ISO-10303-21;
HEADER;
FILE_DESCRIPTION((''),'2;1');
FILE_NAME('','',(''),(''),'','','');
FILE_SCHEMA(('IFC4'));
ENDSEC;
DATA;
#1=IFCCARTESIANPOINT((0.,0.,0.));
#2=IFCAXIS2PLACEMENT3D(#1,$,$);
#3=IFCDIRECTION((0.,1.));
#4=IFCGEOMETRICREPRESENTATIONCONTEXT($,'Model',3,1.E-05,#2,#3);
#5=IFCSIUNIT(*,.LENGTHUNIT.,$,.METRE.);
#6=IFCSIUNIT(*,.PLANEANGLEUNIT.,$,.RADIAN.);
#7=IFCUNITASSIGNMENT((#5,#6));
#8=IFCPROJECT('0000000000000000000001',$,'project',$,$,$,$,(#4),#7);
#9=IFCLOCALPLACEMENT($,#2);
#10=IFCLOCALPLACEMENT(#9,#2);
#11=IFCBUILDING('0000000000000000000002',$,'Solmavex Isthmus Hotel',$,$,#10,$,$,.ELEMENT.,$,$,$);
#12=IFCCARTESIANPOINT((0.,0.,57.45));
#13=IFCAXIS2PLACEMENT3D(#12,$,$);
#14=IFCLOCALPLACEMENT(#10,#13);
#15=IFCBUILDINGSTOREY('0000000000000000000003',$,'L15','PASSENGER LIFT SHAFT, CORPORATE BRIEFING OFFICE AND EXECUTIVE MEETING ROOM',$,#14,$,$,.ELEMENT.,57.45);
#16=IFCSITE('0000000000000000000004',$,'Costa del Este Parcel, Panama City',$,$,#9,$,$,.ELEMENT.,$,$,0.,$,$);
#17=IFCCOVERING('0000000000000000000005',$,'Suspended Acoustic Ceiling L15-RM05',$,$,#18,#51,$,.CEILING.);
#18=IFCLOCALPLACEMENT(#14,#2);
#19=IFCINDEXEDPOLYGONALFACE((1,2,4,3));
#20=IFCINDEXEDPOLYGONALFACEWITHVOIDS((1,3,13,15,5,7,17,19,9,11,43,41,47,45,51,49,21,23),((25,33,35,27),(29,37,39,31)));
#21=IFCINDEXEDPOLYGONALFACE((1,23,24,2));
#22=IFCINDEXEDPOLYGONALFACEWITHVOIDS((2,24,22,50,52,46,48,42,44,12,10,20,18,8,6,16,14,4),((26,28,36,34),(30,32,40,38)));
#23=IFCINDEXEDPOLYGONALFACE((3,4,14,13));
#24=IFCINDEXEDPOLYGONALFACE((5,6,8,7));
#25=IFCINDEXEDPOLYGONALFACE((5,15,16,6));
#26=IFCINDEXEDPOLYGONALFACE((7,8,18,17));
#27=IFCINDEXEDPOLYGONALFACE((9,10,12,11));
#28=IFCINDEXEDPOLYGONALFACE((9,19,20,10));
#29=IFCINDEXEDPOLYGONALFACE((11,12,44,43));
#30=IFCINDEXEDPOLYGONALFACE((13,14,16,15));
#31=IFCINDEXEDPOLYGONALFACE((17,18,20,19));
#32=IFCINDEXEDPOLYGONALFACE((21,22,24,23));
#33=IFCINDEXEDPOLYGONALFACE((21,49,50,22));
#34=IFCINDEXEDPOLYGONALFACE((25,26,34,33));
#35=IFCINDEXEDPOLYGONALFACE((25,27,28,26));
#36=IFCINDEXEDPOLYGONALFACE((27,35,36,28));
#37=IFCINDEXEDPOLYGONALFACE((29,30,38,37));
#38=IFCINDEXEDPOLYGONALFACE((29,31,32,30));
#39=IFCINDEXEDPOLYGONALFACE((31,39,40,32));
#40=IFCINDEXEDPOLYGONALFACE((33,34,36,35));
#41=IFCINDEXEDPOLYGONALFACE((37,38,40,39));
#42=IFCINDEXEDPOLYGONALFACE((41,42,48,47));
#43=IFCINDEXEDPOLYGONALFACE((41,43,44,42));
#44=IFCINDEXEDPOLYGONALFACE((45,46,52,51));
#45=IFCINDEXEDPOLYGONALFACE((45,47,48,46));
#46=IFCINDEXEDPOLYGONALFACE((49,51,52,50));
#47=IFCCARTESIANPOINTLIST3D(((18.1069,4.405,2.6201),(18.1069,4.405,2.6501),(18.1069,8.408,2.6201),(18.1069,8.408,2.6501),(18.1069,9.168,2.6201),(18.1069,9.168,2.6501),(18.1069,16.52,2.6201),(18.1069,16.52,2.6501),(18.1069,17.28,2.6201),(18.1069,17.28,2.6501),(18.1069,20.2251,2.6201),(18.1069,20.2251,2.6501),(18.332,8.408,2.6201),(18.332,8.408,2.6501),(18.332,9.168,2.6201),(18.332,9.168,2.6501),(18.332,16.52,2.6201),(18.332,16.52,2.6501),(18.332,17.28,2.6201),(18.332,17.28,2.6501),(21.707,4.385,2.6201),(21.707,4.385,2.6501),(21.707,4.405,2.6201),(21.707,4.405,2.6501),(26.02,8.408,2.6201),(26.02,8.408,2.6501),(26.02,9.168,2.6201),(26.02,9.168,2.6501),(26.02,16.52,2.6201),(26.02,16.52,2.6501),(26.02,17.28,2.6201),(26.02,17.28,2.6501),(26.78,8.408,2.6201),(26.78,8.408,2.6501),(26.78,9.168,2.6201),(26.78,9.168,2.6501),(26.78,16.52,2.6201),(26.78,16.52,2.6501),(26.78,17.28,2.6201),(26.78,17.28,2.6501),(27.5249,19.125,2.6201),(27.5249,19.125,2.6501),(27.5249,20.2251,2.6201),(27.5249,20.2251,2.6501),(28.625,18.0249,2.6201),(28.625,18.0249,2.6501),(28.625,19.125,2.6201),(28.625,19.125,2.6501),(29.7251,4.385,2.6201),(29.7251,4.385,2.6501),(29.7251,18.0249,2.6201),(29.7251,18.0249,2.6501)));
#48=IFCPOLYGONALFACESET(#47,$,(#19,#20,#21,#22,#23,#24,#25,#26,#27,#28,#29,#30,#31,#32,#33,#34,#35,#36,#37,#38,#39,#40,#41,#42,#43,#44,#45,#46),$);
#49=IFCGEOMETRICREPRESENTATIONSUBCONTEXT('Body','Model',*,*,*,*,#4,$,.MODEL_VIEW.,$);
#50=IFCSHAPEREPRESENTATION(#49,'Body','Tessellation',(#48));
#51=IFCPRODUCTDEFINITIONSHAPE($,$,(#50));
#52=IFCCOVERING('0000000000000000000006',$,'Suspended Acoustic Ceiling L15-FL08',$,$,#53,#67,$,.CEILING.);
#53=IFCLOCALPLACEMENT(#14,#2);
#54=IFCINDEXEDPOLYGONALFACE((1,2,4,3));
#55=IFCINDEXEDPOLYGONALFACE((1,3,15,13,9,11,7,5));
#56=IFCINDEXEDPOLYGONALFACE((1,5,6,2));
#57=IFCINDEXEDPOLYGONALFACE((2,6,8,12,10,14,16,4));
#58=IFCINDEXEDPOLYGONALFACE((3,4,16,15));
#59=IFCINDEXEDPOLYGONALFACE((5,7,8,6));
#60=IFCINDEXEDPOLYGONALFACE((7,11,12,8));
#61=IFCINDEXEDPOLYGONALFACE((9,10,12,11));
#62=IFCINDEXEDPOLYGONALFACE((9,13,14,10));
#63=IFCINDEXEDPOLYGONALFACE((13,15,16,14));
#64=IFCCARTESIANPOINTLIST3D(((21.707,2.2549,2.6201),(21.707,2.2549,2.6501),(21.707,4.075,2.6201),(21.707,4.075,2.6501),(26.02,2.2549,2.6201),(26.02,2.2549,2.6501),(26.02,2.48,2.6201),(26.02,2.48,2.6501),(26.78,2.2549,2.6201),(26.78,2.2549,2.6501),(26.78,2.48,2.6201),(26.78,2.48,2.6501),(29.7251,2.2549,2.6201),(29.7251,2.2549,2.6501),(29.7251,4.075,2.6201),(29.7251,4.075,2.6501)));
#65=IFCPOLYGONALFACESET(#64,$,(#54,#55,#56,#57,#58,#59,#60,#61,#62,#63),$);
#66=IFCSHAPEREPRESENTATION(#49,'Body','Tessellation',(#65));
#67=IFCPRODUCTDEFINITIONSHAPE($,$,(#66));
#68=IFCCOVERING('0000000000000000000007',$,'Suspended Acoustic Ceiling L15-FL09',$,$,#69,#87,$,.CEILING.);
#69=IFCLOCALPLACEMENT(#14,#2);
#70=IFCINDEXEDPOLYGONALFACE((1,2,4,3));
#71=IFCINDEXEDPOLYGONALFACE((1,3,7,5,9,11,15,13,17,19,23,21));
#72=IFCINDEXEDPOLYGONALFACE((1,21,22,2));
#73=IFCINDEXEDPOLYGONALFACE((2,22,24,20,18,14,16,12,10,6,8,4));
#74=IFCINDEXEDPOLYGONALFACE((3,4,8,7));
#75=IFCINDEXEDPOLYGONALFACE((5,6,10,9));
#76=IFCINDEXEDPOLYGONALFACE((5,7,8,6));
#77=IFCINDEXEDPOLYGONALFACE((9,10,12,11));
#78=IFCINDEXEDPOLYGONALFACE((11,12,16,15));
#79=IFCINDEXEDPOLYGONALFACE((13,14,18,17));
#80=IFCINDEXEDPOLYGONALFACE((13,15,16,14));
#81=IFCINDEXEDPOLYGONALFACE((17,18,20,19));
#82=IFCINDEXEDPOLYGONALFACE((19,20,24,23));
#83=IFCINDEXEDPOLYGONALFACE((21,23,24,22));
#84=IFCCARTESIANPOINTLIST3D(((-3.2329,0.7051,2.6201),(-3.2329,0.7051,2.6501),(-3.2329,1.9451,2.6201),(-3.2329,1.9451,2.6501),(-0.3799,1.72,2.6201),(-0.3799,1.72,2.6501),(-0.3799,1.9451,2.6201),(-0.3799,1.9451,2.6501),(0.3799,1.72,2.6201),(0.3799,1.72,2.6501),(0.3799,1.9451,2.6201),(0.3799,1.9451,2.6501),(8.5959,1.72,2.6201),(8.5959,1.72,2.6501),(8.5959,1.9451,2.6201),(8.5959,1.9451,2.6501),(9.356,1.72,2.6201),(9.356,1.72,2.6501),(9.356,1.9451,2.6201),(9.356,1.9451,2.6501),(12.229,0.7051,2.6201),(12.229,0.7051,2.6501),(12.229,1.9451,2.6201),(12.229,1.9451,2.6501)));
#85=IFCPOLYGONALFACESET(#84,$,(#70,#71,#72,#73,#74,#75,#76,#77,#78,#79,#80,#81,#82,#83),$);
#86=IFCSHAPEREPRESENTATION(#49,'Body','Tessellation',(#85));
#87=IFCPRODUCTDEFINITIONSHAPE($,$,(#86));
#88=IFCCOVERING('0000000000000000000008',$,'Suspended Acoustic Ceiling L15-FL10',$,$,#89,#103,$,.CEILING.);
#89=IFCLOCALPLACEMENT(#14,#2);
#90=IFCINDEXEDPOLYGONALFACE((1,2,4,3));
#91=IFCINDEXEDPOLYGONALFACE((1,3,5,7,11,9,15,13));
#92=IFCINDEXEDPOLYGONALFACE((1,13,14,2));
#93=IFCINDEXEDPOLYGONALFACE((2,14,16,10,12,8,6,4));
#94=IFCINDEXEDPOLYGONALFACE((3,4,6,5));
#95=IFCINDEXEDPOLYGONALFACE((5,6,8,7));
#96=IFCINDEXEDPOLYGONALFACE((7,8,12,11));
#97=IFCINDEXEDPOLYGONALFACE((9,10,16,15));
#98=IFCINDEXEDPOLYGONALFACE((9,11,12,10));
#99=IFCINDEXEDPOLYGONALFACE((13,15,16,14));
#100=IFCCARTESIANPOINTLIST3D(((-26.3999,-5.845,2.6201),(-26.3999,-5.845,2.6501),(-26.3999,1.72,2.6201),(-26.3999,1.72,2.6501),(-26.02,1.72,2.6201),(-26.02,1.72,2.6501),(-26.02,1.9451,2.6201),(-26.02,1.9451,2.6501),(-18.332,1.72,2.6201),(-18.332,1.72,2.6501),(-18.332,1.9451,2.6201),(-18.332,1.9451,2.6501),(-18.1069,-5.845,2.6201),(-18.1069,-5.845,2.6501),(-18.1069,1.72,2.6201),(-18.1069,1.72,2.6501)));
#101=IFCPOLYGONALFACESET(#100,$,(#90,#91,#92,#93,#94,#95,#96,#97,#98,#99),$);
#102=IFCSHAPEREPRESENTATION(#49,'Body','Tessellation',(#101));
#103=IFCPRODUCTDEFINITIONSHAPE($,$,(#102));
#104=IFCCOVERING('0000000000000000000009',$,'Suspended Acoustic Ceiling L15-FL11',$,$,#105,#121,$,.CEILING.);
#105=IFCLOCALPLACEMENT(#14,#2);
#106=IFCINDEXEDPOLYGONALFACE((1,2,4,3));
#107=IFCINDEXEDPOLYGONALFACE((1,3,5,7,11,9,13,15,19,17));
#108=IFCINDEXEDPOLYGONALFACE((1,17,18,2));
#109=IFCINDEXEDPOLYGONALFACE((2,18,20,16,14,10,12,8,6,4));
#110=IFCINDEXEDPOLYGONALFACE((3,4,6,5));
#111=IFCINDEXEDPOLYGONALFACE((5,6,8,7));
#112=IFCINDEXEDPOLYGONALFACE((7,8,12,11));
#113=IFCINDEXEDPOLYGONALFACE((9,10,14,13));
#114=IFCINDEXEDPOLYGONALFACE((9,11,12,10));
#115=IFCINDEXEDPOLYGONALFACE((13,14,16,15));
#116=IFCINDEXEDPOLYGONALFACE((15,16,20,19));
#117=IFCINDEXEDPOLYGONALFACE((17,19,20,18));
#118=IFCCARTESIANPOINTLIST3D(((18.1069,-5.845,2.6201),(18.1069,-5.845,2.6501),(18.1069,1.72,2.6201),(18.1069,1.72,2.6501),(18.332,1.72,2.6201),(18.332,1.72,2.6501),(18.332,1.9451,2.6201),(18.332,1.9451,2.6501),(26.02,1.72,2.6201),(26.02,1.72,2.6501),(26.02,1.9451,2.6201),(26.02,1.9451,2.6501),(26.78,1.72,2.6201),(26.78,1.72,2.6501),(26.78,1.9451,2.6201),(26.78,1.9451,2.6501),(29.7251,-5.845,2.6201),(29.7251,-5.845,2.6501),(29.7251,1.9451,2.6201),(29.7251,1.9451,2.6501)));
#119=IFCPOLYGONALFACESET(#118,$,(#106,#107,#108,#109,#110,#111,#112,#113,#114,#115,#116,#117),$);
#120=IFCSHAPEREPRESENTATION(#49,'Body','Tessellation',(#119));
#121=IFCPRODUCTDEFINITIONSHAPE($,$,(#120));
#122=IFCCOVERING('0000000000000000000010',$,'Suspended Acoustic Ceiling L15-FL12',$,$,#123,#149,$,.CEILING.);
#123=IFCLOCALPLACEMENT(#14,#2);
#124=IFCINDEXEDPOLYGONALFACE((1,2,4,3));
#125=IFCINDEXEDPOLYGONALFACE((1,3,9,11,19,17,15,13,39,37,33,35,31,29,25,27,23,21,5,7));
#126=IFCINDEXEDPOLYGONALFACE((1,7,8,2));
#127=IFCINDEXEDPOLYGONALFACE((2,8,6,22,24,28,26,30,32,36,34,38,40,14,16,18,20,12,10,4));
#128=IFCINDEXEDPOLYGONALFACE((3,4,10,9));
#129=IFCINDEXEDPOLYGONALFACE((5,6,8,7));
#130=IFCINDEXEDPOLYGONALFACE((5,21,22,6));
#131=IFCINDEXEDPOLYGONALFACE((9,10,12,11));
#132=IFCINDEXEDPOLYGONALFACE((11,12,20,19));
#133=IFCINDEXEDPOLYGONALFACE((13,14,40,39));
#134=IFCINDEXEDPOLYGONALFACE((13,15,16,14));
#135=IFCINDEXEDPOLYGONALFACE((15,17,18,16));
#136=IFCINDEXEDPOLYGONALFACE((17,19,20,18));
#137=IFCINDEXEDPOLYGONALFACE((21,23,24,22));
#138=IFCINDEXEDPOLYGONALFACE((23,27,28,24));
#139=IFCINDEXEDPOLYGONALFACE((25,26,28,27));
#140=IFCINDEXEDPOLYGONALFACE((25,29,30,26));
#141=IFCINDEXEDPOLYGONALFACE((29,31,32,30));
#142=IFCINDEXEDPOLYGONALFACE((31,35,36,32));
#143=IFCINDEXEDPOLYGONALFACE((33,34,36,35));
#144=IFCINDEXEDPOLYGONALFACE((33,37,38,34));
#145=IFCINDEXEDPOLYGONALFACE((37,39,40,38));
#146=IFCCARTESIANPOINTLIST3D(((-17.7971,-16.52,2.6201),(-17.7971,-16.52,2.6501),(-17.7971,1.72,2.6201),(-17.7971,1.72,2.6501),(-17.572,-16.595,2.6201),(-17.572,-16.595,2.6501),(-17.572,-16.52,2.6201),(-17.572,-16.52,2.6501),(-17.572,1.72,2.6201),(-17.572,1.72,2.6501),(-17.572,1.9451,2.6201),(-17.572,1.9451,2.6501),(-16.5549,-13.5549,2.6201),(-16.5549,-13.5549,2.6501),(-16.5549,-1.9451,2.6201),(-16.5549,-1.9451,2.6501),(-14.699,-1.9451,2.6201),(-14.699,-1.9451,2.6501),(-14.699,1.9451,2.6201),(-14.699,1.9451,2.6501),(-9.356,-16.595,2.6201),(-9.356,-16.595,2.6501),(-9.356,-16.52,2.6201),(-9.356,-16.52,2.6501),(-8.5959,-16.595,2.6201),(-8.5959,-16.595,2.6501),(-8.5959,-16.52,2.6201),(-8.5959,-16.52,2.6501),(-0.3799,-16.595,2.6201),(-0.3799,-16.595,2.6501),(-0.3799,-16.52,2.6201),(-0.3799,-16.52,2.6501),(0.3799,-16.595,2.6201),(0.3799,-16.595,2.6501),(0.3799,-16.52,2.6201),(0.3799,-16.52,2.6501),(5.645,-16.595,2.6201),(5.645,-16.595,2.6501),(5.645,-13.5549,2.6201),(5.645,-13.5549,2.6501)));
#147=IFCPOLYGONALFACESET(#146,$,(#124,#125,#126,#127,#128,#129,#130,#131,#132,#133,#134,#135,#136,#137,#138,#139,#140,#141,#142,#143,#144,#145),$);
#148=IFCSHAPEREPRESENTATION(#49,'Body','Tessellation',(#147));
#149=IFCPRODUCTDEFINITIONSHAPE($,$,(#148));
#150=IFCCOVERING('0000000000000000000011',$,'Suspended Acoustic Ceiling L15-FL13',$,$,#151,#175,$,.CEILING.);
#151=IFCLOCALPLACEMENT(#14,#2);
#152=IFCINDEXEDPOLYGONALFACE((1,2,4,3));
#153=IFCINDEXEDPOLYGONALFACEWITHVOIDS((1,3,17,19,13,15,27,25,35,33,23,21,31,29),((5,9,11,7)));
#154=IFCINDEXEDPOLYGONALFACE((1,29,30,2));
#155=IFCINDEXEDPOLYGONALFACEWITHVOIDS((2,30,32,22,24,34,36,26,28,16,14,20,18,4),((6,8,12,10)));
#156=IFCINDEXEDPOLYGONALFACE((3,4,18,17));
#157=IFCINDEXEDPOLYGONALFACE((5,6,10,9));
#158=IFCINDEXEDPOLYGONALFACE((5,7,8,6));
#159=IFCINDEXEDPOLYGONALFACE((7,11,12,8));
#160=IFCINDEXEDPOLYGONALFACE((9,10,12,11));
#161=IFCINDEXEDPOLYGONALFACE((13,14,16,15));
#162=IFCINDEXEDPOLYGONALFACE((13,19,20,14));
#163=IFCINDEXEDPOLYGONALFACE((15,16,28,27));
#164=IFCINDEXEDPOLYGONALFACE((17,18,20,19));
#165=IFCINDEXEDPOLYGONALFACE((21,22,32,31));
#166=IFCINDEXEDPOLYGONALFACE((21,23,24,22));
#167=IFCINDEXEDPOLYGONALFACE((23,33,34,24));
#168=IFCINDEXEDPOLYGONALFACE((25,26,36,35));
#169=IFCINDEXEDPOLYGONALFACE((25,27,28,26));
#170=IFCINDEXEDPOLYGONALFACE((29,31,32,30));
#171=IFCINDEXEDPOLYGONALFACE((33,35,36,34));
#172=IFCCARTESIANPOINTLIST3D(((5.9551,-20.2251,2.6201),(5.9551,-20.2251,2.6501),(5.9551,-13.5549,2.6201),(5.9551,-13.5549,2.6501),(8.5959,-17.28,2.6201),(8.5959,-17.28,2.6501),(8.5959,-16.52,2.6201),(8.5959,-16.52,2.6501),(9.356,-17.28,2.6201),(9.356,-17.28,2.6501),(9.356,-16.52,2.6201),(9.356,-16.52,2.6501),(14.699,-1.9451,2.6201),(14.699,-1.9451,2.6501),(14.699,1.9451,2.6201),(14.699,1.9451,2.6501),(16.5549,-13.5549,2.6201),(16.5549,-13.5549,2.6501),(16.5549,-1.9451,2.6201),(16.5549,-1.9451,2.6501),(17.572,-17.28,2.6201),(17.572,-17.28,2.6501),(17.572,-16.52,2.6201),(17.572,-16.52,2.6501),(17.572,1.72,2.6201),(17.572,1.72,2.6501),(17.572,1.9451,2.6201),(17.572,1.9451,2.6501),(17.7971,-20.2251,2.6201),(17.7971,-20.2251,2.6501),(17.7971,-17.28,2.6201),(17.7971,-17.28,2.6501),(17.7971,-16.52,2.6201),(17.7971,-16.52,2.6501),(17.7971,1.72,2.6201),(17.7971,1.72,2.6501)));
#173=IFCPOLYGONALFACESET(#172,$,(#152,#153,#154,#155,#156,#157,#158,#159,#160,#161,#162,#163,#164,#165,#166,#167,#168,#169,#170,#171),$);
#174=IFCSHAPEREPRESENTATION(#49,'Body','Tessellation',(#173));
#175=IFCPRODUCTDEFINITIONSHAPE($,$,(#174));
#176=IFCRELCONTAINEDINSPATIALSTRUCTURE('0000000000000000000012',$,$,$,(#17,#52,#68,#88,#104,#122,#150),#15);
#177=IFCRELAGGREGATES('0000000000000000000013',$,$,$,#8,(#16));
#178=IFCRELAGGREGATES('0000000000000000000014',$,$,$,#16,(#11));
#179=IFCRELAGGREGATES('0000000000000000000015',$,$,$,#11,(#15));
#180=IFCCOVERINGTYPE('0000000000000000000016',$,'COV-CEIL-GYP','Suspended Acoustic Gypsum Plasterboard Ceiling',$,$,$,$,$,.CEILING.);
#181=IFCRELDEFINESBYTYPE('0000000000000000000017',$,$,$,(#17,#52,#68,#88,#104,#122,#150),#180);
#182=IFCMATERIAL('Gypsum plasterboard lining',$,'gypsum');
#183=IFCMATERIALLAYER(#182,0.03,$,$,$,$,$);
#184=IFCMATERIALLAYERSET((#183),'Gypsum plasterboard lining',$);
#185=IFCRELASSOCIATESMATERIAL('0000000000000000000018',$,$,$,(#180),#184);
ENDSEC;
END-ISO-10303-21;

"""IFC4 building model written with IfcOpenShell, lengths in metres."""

from ifc_helpers import new_model, si_unit, direction, frame, origin, place, context, subcontext, project, spatial, polyline, outline, extrude, material, layer, layer_set, type_object, element, save


model = new_model("IFC4")

# Units and contexts
model_context = context("Model", 3, precision=1e-05, world=origin(), true_north=direction((0.0, 1.0)))
body_context = subcontext(model_context, "Body", "Model", "MODEL_VIEW")
ifc_project = project(units=[si_unit("LENGTHUNIT", "METRE"), si_unit("PLANEANGLEUNIT", "RADIAN")], contexts=[model_context])

# Site, building, storey
site_placement = place(None, origin())
site = spatial("IfcSite", under=ifc_project, at=site_placement, Name="Costa del Este Parcel, Panama City", CompositionType="ELEMENT", RefElevation=0.0)
building_placement = place(site_placement, origin())
building = spatial("IfcBuilding", under=site, at=building_placement, Name="Solmavex Isthmus Hotel", CompositionType="ELEMENT")
storey_placement = place(building_placement, frame((0.0, 0.0, 57.45)))
storey = spatial("IfcBuildingStorey", under=building, at=storey_placement, Name="L15", Description="PASSENGER LIFT SHAFT, CORPORATE BRIEFING OFFICE AND EXECUTIVE MEETING ROOM", CompositionType="ELEMENT", Elevation=57.45)

# Coverings
ifc_material_1 = material(Name="Gypsum plasterboard lining", Category="gypsum")
ifc_layer_1 = layer(ifc_material_1, 0.03)
ifc_layer_set_1 = layer_set([ifc_layer_1], Name="Gypsum plasterboard lining")
covering_type_1 = type_object("IfcCoveringType", Name="COV-CEIL-GYP", Description="Suspended Acoustic Gypsum Plasterboard Ceiling", PredefinedType="CEILING", material=ifc_layer_set_1)
covering_1_placement = place(storey_placement, frame((0.0, 0.0, 2.6201)))
element("IfcCovering", 1, at=covering_1_placement, inside=storey, type_object=covering_type_1, Name="Suspended Acoustic Ceiling L15-RM05", PredefinedType="CEILING", context=body_context, shape_type="SweptSolid", body=[
    extrude(outline(polyline([(18.1069, 9.168), (18.332, 9.168), (18.332, 8.408), (18.1069, 8.408), (18.1069, 4.405), (21.707, 4.405), (21.707, 4.385), (29.7251, 4.385), (29.7251, 18.0249), (28.625, 18.0249), (28.625, 19.125), (27.5249, 19.125), (27.5249, 20.2251), (18.1069, 20.2251), (18.1069, 17.28), (18.332, 17.28), (18.332, 16.52), (18.1069, 16.52), (18.1069, 9.168)]), holes=[polyline([(26.02, 8.408), (26.02, 9.168), (26.78, 9.168), (26.78, 8.408), (26.02, 8.408)]), polyline([(26.02, 16.52), (26.02, 17.28), (26.78, 17.28), (26.78, 16.52), (26.02, 16.52)])]), origin(), (0.0, 0.0, 1.0), 0.03),
])
covering_2_placement = place(storey_placement, frame((0.0, 0.0, 2.6201)))
element("IfcCovering", 2, at=covering_2_placement, inside=storey, type_object=covering_type_1, Name="Suspended Acoustic Ceiling L15-FL08", PredefinedType="CEILING", context=body_context, shape_type="SweptSolid", body=[
    extrude(outline(polyline([(26.02, 2.2549), (26.02, 2.48), (26.78, 2.48), (26.78, 2.2549), (29.7251, 2.2549), (29.7251, 4.075), (21.707, 4.075), (21.707, 2.2549), (26.02, 2.2549)])), origin(), (0.0, 0.0, 1.0), 0.03),
])
covering_3_placement = place(storey_placement, frame((0.0, 0.0, 2.6201)))
element("IfcCovering", 3, at=covering_3_placement, inside=storey, type_object=covering_type_1, Name="Suspended Acoustic Ceiling L15-FL09", PredefinedType="CEILING", context=body_context, shape_type="SweptSolid", body=[
    extrude(outline(polyline([(0.3799, 1.9451), (0.3799, 1.72), (-0.3799, 1.72), (-0.3799, 1.9451), (-3.2329, 1.9451), (-3.2329, 0.7051), (12.229, 0.7051), (12.229, 1.9451), (9.356, 1.9451), (9.356, 1.72), (8.5959, 1.72), (8.5959, 1.9451), (0.3799, 1.9451)])), origin(), (0.0, 0.0, 1.0), 0.03),
])
covering_4_placement = place(storey_placement, frame((0.0, 0.0, 2.6201)))
element("IfcCovering", 4, at=covering_4_placement, inside=storey, type_object=covering_type_1, Name="Suspended Acoustic Ceiling L15-FL10", PredefinedType="CEILING", context=body_context, shape_type="SweptSolid", body=[
    extrude(outline(polyline([(-26.02, 1.9451), (-26.02, 1.72), (-26.3999, 1.72), (-26.3999, -5.845), (-18.1069, -5.845), (-18.1069, 1.72), (-18.332, 1.72), (-18.332, 1.9451), (-26.02, 1.9451)])), origin(), (0.0, 0.0, 1.0), 0.03),
])
covering_5_placement = place(storey_placement, frame((0.0, 0.0, 2.6201)))
element("IfcCovering", 5, at=covering_5_placement, inside=storey, type_object=covering_type_1, Name="Suspended Acoustic Ceiling L15-FL11", PredefinedType="CEILING", context=body_context, shape_type="SweptSolid", body=[
    extrude(outline(polyline([(18.332, 1.9451), (18.332, 1.72), (18.1069, 1.72), (18.1069, -5.845), (29.7251, -5.845), (29.7251, 1.9451), (26.78, 1.9451), (26.78, 1.72), (26.02, 1.72), (26.02, 1.9451), (18.332, 1.9451)])), origin(), (0.0, 0.0, 1.0), 0.03),
])
covering_6_placement = place(storey_placement, frame((0.0, 0.0, 2.6201)))
element("IfcCovering", 6, at=covering_6_placement, inside=storey, type_object=covering_type_1, Name="Suspended Acoustic Ceiling L15-FL12", PredefinedType="CEILING", context=body_context, shape_type="SweptSolid", body=[
    extrude(outline(polyline([(-17.7971, -16.52), (-17.572, -16.52), (-17.572, -16.595), (-9.356, -16.595), (-9.356, -16.52), (-8.5959, -16.52), (-8.5959, -16.595), (-0.3799, -16.595), (-0.3799, -16.52), (0.3799, -16.52), (0.3799, -16.595), (5.645, -16.595), (5.645, -13.5549), (-16.5549, -13.5549), (-16.5549, -1.9451), (-14.699, -1.9451), (-14.699, 1.9451), (-17.572, 1.9451), (-17.572, 1.72), (-17.7971, 1.72), (-17.7971, -16.52)])), origin(), (0.0, 0.0, 1.0), 0.03),
])
covering_7_placement = place(storey_placement, frame((0.0, 0.0, 2.6201)))
element("IfcCovering", 7, at=covering_7_placement, inside=storey, type_object=covering_type_1, Name="Suspended Acoustic Ceiling L15-FL13", PredefinedType="CEILING", context=body_context, shape_type="SweptSolid", body=[
    extrude(outline(polyline([(17.7971, 1.72), (17.572, 1.72), (17.572, 1.9451), (14.699, 1.9451), (14.699, -1.9451), (16.5549, -1.9451), (16.5549, -13.5549), (5.9551, -13.5549), (5.9551, -20.2251), (17.7971, -20.2251), (17.7971, -17.28), (17.572, -17.28), (17.572, -16.52), (17.7971, -16.52), (17.7971, 1.72)]), holes=[polyline([(8.5959, -17.28), (8.5959, -16.52), (9.356, -16.52), (9.356, -17.28), (8.5959, -17.28)])]), origin(), (0.0, 0.0, 1.0), 0.03),
])

save(model, "model.ifc")
